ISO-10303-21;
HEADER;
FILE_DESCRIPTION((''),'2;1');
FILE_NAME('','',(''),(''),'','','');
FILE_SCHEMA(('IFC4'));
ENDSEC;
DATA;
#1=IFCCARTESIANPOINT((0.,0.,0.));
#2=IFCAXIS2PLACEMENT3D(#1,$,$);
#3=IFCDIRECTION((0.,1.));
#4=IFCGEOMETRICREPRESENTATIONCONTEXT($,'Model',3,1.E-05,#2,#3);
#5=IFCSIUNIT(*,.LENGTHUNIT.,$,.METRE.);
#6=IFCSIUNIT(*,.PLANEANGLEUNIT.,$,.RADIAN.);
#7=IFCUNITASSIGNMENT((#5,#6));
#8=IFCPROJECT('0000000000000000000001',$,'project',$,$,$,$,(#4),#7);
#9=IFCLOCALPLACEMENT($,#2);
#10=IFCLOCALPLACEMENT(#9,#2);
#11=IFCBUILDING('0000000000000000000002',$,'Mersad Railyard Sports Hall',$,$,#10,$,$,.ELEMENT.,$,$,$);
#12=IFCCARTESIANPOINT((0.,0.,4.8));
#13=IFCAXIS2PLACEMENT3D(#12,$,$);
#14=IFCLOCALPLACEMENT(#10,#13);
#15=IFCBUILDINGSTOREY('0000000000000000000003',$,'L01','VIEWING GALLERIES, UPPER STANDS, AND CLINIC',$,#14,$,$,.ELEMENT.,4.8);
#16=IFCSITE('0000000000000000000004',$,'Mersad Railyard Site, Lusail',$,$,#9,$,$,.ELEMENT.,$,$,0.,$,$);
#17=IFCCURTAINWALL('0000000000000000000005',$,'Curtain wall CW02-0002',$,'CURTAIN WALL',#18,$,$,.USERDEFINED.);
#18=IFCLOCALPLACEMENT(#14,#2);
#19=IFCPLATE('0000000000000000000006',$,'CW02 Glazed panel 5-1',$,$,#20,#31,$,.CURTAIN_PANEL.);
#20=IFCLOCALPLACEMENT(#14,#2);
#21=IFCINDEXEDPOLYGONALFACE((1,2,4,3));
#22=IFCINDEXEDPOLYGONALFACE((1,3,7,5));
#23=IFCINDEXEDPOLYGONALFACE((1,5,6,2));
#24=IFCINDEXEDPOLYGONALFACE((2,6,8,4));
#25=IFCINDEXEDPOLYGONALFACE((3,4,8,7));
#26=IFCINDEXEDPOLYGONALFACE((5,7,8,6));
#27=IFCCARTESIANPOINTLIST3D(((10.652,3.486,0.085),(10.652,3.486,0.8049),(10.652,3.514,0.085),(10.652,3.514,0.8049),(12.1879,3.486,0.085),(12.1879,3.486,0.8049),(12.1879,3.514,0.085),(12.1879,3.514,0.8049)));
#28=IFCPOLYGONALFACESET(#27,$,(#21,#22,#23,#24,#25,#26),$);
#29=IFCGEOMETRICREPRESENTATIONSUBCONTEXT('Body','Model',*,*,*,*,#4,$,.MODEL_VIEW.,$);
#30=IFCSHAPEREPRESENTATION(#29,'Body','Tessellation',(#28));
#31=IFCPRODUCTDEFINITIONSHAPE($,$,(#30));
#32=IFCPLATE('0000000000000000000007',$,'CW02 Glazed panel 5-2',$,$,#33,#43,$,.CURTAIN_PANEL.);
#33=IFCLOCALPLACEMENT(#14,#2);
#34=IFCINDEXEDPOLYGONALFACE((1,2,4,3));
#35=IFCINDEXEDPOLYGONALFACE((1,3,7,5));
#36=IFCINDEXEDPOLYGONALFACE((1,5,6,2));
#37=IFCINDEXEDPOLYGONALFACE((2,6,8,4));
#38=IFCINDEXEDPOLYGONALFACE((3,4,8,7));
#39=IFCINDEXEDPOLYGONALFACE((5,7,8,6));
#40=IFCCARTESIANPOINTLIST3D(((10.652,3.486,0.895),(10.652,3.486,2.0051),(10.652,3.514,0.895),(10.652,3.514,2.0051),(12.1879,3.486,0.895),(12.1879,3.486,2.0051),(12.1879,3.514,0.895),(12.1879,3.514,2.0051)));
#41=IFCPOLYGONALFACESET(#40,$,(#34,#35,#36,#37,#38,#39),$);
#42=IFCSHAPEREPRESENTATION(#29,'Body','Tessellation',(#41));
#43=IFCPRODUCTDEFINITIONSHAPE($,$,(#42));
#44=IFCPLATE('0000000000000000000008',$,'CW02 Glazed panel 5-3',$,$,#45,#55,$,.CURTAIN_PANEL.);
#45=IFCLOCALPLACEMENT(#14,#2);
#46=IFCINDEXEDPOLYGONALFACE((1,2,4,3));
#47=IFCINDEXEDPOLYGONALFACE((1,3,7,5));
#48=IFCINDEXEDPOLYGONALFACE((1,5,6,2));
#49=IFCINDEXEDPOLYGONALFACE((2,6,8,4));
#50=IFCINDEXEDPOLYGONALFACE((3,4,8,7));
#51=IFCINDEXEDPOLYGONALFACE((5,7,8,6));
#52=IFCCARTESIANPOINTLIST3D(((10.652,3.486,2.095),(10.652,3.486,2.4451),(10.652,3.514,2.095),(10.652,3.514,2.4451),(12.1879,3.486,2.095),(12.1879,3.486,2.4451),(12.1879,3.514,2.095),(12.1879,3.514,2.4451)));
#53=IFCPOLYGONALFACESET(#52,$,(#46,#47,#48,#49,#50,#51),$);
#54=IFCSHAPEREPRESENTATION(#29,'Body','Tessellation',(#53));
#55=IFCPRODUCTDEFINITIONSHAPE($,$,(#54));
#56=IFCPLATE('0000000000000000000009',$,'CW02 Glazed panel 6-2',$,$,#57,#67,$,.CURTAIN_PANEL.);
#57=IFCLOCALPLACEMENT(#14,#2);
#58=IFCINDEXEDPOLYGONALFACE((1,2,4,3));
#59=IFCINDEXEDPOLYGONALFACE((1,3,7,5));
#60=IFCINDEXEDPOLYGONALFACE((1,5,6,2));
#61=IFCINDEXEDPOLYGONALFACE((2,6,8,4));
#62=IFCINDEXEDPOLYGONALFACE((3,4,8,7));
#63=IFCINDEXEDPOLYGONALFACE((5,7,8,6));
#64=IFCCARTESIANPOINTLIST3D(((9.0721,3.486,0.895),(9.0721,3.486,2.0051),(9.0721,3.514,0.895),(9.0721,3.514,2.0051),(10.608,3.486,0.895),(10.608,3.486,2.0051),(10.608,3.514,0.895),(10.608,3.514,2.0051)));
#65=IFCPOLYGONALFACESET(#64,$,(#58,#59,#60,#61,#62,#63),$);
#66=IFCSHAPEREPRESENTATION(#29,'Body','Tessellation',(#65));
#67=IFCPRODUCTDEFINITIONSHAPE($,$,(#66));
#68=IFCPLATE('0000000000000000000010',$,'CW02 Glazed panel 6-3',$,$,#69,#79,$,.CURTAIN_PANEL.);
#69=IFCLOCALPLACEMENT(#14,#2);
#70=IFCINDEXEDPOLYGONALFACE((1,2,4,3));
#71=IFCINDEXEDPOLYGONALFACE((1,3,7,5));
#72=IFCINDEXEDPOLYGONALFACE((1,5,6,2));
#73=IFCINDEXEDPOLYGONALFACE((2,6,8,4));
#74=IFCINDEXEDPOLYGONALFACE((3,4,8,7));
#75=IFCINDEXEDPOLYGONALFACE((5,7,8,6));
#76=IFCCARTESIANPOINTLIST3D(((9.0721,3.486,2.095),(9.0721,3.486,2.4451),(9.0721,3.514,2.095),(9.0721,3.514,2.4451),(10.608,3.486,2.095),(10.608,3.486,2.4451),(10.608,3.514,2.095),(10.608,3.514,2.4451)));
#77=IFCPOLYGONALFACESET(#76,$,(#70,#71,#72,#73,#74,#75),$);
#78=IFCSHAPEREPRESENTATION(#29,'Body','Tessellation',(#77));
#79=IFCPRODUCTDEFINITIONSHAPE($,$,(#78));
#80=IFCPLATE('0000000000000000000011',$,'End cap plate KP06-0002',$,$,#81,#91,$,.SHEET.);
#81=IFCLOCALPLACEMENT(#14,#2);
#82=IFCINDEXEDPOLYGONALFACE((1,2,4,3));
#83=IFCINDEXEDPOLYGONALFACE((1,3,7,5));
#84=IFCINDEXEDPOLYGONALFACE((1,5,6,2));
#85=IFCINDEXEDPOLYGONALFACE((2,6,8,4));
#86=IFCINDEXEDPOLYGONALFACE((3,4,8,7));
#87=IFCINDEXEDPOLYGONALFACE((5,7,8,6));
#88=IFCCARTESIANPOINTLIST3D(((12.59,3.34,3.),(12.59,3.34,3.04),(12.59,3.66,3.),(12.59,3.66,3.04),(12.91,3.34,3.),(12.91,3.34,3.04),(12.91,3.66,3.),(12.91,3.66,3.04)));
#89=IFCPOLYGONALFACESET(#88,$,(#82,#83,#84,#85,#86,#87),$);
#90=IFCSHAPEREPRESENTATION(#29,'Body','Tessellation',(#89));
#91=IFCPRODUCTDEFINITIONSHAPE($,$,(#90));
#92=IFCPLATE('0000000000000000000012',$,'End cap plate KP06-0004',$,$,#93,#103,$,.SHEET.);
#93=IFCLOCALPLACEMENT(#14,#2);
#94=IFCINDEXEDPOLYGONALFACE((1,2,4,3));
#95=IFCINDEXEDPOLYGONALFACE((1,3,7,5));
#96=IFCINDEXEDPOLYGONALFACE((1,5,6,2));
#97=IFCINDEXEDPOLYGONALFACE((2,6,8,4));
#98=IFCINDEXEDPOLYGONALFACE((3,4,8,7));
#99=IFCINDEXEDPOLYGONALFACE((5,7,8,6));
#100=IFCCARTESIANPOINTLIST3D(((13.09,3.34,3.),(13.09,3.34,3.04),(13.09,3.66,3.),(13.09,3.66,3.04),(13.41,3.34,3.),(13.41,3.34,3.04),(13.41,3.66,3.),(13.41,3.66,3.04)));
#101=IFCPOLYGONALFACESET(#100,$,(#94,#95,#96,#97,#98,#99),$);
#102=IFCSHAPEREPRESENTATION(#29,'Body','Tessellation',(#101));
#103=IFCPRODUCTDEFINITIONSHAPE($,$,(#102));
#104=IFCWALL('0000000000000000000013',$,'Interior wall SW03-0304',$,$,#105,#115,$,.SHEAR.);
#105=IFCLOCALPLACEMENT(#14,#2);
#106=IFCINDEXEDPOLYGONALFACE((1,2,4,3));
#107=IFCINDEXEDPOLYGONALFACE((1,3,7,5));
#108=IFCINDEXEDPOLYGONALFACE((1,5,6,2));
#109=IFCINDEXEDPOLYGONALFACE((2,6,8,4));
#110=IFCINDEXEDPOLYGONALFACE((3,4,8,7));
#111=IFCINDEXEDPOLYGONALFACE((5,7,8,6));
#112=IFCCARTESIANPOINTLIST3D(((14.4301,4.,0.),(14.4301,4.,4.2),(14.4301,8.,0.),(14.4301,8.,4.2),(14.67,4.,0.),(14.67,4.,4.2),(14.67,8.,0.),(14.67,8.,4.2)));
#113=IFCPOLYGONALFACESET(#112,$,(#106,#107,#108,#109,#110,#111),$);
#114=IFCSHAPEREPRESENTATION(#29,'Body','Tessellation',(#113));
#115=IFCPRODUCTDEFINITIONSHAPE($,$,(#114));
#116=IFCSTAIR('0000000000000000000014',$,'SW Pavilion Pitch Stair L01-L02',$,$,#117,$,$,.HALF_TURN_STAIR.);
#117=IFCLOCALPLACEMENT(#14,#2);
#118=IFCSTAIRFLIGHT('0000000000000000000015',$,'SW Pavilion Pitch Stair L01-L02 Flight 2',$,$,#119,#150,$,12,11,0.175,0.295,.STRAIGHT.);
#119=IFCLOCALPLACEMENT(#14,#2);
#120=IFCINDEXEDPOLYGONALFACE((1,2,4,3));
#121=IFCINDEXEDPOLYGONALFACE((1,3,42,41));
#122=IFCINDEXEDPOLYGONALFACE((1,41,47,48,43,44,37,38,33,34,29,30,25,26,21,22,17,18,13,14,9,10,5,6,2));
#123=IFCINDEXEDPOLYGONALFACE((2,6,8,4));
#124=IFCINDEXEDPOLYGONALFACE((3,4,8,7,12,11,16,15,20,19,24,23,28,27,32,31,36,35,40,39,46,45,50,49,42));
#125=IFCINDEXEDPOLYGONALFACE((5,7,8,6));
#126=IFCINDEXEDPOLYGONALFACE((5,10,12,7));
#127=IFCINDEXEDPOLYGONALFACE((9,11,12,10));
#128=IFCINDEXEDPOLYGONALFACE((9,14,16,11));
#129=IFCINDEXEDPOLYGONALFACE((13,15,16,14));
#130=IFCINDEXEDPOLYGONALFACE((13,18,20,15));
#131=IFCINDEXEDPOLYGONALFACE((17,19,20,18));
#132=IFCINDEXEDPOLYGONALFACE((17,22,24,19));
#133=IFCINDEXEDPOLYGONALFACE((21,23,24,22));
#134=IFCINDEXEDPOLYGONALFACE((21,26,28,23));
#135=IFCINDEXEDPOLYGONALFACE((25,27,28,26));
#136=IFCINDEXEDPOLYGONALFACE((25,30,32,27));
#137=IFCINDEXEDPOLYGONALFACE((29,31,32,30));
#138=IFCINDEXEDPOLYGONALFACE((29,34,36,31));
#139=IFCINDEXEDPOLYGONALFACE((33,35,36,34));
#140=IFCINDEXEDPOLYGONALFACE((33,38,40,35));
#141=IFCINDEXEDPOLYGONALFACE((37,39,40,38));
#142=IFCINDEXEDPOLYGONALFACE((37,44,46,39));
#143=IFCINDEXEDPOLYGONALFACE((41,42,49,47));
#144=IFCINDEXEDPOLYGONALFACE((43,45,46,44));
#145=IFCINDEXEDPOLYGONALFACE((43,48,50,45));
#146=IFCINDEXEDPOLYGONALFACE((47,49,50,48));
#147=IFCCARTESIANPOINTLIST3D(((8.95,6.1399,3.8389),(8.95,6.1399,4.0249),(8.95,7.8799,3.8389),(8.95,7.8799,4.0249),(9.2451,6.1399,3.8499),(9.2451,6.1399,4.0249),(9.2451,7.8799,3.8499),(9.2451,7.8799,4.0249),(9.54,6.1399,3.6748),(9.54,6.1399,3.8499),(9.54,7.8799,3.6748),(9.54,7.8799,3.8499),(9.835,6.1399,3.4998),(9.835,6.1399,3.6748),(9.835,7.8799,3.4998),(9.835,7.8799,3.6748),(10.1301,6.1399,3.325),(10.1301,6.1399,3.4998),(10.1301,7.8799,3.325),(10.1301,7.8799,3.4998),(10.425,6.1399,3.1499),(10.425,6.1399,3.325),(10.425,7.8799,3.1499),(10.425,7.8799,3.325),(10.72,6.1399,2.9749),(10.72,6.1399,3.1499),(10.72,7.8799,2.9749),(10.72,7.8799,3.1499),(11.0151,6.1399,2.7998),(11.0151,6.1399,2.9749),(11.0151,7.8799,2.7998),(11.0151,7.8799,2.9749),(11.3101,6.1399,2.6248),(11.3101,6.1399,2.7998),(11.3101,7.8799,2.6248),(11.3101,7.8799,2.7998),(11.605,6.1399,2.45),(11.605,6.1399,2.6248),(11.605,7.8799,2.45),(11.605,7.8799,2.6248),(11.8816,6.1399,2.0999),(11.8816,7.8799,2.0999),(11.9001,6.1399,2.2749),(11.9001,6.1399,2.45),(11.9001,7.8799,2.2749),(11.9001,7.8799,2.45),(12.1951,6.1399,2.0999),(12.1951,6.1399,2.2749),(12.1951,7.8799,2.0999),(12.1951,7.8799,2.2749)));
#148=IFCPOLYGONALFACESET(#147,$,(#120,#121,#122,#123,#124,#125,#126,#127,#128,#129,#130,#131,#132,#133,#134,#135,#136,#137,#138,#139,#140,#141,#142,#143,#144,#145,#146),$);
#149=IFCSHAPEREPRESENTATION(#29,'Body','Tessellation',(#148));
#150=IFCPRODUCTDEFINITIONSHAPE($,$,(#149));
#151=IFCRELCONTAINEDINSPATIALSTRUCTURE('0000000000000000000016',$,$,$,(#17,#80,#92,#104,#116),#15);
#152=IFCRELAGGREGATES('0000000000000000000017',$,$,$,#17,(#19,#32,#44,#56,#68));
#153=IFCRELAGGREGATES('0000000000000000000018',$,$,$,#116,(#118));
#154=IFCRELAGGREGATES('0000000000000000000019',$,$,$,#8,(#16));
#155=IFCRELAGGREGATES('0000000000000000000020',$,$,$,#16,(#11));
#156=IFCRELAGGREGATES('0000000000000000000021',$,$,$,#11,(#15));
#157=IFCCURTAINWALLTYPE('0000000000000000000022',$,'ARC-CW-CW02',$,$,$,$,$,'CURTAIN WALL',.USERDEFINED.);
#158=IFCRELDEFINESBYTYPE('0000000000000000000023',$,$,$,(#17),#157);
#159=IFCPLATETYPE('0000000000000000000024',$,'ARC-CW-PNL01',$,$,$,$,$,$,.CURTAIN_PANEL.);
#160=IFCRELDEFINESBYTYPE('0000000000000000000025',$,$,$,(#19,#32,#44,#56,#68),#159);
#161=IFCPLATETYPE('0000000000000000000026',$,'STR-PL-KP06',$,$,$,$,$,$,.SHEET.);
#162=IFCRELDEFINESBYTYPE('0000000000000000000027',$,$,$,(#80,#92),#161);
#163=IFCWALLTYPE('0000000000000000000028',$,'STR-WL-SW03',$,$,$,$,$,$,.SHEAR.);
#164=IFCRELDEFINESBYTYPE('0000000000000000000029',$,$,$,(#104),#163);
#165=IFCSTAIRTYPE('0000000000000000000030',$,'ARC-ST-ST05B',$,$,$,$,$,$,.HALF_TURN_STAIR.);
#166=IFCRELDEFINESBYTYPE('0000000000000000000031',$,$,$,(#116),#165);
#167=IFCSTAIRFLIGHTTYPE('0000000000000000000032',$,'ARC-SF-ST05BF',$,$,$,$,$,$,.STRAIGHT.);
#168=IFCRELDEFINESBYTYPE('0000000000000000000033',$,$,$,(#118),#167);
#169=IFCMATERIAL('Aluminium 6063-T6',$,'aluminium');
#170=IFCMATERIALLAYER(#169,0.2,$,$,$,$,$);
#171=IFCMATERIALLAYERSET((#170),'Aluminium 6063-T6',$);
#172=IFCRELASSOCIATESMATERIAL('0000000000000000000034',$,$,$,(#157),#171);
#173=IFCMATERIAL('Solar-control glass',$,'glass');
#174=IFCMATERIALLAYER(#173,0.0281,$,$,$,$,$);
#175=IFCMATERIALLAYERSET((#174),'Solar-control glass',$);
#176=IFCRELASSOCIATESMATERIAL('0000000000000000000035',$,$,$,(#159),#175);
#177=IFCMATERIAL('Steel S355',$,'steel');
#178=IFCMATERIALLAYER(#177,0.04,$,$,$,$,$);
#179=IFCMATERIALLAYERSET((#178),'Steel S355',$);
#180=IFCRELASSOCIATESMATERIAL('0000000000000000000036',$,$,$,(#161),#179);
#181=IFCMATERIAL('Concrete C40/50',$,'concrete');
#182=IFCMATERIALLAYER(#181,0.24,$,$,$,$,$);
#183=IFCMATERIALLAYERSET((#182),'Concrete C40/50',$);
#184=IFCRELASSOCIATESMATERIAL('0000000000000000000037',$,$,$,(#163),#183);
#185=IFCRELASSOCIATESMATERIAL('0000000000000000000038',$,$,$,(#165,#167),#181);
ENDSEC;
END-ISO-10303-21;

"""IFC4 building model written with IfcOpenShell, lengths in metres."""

from ifc_helpers import new_model, si_unit, direction, frame, frame_2d, origin, origin_2d, place, context, subcontext, project, spatial, polyline, rectangle, outline, extrude, material, layer, layer_set, type_object, element, aggregate, save


model = new_model("IFC4")

# Units and contexts
model_context = context("Model", 3, precision=1e-05, world=origin(), true_north=direction((0.0, 1.0)))
body_context = subcontext(model_context, "Body", "Model", "MODEL_VIEW")
ifc_project = project(units=[si_unit("LENGTHUNIT", "METRE"), si_unit("PLANEANGLEUNIT", "RADIAN")], contexts=[model_context])

# Site, building, storey
site_placement = place(None, origin())
site = spatial("IfcSite", under=ifc_project, at=site_placement, Name="Mersad Railyard Site, Lusail", CompositionType="ELEMENT", RefElevation=0.0)
building_placement = place(site_placement, origin())
building = spatial("IfcBuilding", under=site, at=building_placement, Name="Mersad Railyard Sports Hall", CompositionType="ELEMENT")
storey_placement = place(building_placement, frame((0.0, 0.0, 4.8)))
storey = spatial("IfcBuildingStorey", under=building, at=storey_placement, Name="L01", Description="VIEWING GALLERIES, UPPER STANDS, AND CLINIC", CompositionType="ELEMENT", Elevation=4.8)

# Curtain wall
ifc_material_1 = material(Name="Aluminium 6063-T6", Category="aluminium")
ifc_layer_1 = layer(ifc_material_1, 0.2)
ifc_layer_set_1 = layer_set([ifc_layer_1], Name="Aluminium 6063-T6")
curtain_wall_type = type_object("IfcCurtainWallType", Name="ARC-CW-CW02", ElementType="CURTAIN WALL", PredefinedType="USERDEFINED", material=ifc_layer_set_1)
curtain_wall_placement = place(storey_placement, origin())
curtain_wall = element("IfcCurtainWall", 1, at=curtain_wall_placement, inside=storey, type_object=curtain_wall_type, Name="Curtain wall CW02-0002", ObjectType="CURTAIN WALL", PredefinedType="USERDEFINED")

# Shared definitions
ifc_material_2 = material(Name="Concrete C40/50", Category="concrete")

# Plates
ifc_material_3 = material(Name="Solar-control glass", Category="glass")
ifc_layer_2 = layer(ifc_material_3, 0.0281)
ifc_layer_set_2 = layer_set([ifc_layer_2], Name="Solar-control glass")
plate_type_1 = type_object("IfcPlateType", Name="ARC-CW-PNL01", PredefinedType="CURTAIN_PANEL", material=ifc_layer_set_2)
plate_1_placement = place(storey_placement, frame((11.4199, 3.5, 0.085), z_axis=(0.0, 0.0, 1.0), x_axis=(-1.0, 0.0, 0.0)))
plate_1 = element("IfcPlate", 2, at=plate_1_placement, type_object=plate_type_1, Name="CW02 Glazed panel 5-1", PredefinedType="CURTAIN_PANEL", context=body_context, shape_type="SweptSolid", body=[
    extrude(rectangle(XDim=1.5359, YDim=0.0281, at=origin_2d()), origin(), (0.0, 0.0, 1.0), 0.72),
])
plate_2_placement = place(storey_placement, frame((11.4199, 3.5, 0.895), z_axis=(0.0, 0.0, 1.0), x_axis=(-1.0, 0.0, 0.0)))
plate_2 = element("IfcPlate", 3, at=plate_2_placement, type_object=plate_type_1, Name="CW02 Glazed panel 5-2", PredefinedType="CURTAIN_PANEL", context=body_context, shape_type="SweptSolid", body=[
    extrude(rectangle(XDim=1.5359, YDim=0.0281, at=origin_2d()), origin(), (0.0, 0.0, 1.0), 1.1101),
])
plate_3_placement = place(storey_placement, frame((11.4199, 3.5, 2.095), z_axis=(0.0, 0.0, 1.0), x_axis=(-1.0, 0.0, 0.0)))
plate_3 = element("IfcPlate", 4, at=plate_3_placement, type_object=plate_type_1, Name="CW02 Glazed panel 5-3", PredefinedType="CURTAIN_PANEL", context=body_context, shape_type="SweptSolid", body=[
    extrude(rectangle(XDim=1.5359, YDim=0.0281, at=origin_2d()), origin(), (0.0, 0.0, 1.0), 0.3501),
])
plate_4_placement = place(storey_placement, frame((9.8401, 3.5, 0.895), z_axis=(0.0, 0.0, 1.0), x_axis=(-1.0, 0.0, 0.0)))
plate_4 = element("IfcPlate", 5, at=plate_4_placement, type_object=plate_type_1, Name="CW02 Glazed panel 6-2", PredefinedType="CURTAIN_PANEL", context=body_context, shape_type="SweptSolid", body=[
    extrude(rectangle(XDim=1.5359, YDim=0.0281, at=origin_2d()), origin(), (0.0, 0.0, 1.0), 1.1101),
])
plate_5_placement = place(storey_placement, frame((9.8401, 3.5, 2.095), z_axis=(0.0, 0.0, 1.0), x_axis=(-1.0, 0.0, 0.0)))
plate_5 = element("IfcPlate", 6, at=plate_5_placement, type_object=plate_type_1, Name="CW02 Glazed panel 6-3", PredefinedType="CURTAIN_PANEL", context=body_context, shape_type="SweptSolid", body=[
    extrude(rectangle(XDim=1.5359, YDim=0.0281, at=origin_2d()), origin(), (0.0, 0.0, 1.0), 0.3501),
])
aggregate(curtain_wall, [plate_1, plate_2, plate_3, plate_4, plate_5])

# Plates
ifc_material_4 = material(Name="Steel S355", Category="steel")
ifc_layer_3 = layer(ifc_material_4, 0.04)
ifc_layer_set_3 = layer_set([ifc_layer_3], Name="Steel S355")
plate_type_2 = type_object("IfcPlateType", Name="STR-PL-KP06", PredefinedType="SHEET", material=ifc_layer_set_3)
for number, where, z_axis, x_axis, name in (
    (7, (12.75, 3.5, 3.0), (0.0, 0.0, 1.0), (1.0, 0.0, 0.0), "End cap plate KP06-0002"),
    (8, (13.25, 3.5, 3.0), (0.0, 0.0, 1.0), (1.0, 0.0, 0.0), "End cap plate KP06-0004"),
):
    element("IfcPlate", number, at=place(storey_placement, frame(where, z_axis=z_axis, x_axis=x_axis)), inside=storey, type_object=plate_type_2, Name=name, PredefinedType="SHEET", context=body_context, shape_type="SweptSolid", body=[
        extrude(rectangle(XDim=0.3201, YDim=0.3201, at=origin_2d()), origin(), (0.0, 0.0, 1.0), 0.04),
    ])

# Wall
ifc_layer_4 = layer(ifc_material_2, 0.24)
ifc_layer_set_4 = layer_set([ifc_layer_4], Name="Concrete C40/50")
wall_type = type_object("IfcWallType", Name="STR-WL-SW03", PredefinedType="SHEAR", material=ifc_layer_set_4)
wall_placement = place(storey_placement, frame((14.55, 4.0, 0.0), z_axis=(0.0, 0.0, 1.0), x_axis=(0.0, 1.0, 0.0)))
element("IfcWall", 9, at=wall_placement, inside=storey, type_object=wall_type, Name="Interior wall SW03-0304", PredefinedType="SHEAR", context=body_context, shape_type="SweptSolid", body=[
    extrude(rectangle(XDim=4.0, YDim=0.24, at=frame_2d((2.0, 0.0))), origin(), (0.0, 0.0, 1.0), 4.2),
])

# Stair, stair flight
stair_type = type_object("IfcStairType", Name="ARC-ST-ST05B", PredefinedType="HALF_TURN_STAIR", material=ifc_material_2)
stair_placement = place(storey_placement, origin())
stair = element("IfcStair", 10, at=stair_placement, inside=storey, type_object=stair_type, Name="SW Pavilion Pitch Stair L01-L02", PredefinedType="HALF_TURN_STAIR")
stair_flight_type = type_object("IfcStairFlightType", Name="ARC-SF-ST05BF", PredefinedType="STRAIGHT", material=ifc_material_2)
stair_flight_placement = place(storey_placement, frame((12.1951, 7.01, 2.0999), z_axis=(0.0, 0.0, 1.0), x_axis=(-1.0, 0.0, 0.0)))
stair_flight = element("IfcStairFlight", 11, at=stair_flight_placement, type_object=stair_flight_type, Name="SW Pavilion Pitch Stair L01-L02 Flight 2", NumberOfRisers=12, NumberOfTreads=11, PredefinedType="STRAIGHT", RiserHeight=0.175, TreadLength=0.295, context=body_context, shape_type="SweptSolid", body=[
    extrude(outline(polyline([(0.0, 0.0), (0.0, 0.175), (0.2949, 0.175), (0.2949, 0.3501), (0.5901, 0.3501), (0.5901, 0.5249), (0.885, 0.5249), (0.885, 0.7), (1.1799, 0.7), (1.1799, 0.875), (1.4751, 0.875), (1.4751, 1.05), (1.77, 1.05), (1.77, 1.2251), (2.0649, 1.2251), (2.0649, 1.3999), (2.3601, 1.3999), (2.3601, 1.575), (2.655, 1.575), (2.655, 1.75), (2.95, 1.75), (2.95, 1.925), (3.2451, 1.925), (3.2451, 2.1001), (3.2451, 1.739), (0.3135, 0.0), (0.0, 0.0)])), frame((0.0, 0.8701, 0.0), z_axis=(0.0, -1.0, 0.0), x_axis=(1.0, 0.0, 0.0)), (0.0, 0.0, 1.0), 1.74),
])
aggregate(stair, [stair_flight])

save(model, "model.ifc")
